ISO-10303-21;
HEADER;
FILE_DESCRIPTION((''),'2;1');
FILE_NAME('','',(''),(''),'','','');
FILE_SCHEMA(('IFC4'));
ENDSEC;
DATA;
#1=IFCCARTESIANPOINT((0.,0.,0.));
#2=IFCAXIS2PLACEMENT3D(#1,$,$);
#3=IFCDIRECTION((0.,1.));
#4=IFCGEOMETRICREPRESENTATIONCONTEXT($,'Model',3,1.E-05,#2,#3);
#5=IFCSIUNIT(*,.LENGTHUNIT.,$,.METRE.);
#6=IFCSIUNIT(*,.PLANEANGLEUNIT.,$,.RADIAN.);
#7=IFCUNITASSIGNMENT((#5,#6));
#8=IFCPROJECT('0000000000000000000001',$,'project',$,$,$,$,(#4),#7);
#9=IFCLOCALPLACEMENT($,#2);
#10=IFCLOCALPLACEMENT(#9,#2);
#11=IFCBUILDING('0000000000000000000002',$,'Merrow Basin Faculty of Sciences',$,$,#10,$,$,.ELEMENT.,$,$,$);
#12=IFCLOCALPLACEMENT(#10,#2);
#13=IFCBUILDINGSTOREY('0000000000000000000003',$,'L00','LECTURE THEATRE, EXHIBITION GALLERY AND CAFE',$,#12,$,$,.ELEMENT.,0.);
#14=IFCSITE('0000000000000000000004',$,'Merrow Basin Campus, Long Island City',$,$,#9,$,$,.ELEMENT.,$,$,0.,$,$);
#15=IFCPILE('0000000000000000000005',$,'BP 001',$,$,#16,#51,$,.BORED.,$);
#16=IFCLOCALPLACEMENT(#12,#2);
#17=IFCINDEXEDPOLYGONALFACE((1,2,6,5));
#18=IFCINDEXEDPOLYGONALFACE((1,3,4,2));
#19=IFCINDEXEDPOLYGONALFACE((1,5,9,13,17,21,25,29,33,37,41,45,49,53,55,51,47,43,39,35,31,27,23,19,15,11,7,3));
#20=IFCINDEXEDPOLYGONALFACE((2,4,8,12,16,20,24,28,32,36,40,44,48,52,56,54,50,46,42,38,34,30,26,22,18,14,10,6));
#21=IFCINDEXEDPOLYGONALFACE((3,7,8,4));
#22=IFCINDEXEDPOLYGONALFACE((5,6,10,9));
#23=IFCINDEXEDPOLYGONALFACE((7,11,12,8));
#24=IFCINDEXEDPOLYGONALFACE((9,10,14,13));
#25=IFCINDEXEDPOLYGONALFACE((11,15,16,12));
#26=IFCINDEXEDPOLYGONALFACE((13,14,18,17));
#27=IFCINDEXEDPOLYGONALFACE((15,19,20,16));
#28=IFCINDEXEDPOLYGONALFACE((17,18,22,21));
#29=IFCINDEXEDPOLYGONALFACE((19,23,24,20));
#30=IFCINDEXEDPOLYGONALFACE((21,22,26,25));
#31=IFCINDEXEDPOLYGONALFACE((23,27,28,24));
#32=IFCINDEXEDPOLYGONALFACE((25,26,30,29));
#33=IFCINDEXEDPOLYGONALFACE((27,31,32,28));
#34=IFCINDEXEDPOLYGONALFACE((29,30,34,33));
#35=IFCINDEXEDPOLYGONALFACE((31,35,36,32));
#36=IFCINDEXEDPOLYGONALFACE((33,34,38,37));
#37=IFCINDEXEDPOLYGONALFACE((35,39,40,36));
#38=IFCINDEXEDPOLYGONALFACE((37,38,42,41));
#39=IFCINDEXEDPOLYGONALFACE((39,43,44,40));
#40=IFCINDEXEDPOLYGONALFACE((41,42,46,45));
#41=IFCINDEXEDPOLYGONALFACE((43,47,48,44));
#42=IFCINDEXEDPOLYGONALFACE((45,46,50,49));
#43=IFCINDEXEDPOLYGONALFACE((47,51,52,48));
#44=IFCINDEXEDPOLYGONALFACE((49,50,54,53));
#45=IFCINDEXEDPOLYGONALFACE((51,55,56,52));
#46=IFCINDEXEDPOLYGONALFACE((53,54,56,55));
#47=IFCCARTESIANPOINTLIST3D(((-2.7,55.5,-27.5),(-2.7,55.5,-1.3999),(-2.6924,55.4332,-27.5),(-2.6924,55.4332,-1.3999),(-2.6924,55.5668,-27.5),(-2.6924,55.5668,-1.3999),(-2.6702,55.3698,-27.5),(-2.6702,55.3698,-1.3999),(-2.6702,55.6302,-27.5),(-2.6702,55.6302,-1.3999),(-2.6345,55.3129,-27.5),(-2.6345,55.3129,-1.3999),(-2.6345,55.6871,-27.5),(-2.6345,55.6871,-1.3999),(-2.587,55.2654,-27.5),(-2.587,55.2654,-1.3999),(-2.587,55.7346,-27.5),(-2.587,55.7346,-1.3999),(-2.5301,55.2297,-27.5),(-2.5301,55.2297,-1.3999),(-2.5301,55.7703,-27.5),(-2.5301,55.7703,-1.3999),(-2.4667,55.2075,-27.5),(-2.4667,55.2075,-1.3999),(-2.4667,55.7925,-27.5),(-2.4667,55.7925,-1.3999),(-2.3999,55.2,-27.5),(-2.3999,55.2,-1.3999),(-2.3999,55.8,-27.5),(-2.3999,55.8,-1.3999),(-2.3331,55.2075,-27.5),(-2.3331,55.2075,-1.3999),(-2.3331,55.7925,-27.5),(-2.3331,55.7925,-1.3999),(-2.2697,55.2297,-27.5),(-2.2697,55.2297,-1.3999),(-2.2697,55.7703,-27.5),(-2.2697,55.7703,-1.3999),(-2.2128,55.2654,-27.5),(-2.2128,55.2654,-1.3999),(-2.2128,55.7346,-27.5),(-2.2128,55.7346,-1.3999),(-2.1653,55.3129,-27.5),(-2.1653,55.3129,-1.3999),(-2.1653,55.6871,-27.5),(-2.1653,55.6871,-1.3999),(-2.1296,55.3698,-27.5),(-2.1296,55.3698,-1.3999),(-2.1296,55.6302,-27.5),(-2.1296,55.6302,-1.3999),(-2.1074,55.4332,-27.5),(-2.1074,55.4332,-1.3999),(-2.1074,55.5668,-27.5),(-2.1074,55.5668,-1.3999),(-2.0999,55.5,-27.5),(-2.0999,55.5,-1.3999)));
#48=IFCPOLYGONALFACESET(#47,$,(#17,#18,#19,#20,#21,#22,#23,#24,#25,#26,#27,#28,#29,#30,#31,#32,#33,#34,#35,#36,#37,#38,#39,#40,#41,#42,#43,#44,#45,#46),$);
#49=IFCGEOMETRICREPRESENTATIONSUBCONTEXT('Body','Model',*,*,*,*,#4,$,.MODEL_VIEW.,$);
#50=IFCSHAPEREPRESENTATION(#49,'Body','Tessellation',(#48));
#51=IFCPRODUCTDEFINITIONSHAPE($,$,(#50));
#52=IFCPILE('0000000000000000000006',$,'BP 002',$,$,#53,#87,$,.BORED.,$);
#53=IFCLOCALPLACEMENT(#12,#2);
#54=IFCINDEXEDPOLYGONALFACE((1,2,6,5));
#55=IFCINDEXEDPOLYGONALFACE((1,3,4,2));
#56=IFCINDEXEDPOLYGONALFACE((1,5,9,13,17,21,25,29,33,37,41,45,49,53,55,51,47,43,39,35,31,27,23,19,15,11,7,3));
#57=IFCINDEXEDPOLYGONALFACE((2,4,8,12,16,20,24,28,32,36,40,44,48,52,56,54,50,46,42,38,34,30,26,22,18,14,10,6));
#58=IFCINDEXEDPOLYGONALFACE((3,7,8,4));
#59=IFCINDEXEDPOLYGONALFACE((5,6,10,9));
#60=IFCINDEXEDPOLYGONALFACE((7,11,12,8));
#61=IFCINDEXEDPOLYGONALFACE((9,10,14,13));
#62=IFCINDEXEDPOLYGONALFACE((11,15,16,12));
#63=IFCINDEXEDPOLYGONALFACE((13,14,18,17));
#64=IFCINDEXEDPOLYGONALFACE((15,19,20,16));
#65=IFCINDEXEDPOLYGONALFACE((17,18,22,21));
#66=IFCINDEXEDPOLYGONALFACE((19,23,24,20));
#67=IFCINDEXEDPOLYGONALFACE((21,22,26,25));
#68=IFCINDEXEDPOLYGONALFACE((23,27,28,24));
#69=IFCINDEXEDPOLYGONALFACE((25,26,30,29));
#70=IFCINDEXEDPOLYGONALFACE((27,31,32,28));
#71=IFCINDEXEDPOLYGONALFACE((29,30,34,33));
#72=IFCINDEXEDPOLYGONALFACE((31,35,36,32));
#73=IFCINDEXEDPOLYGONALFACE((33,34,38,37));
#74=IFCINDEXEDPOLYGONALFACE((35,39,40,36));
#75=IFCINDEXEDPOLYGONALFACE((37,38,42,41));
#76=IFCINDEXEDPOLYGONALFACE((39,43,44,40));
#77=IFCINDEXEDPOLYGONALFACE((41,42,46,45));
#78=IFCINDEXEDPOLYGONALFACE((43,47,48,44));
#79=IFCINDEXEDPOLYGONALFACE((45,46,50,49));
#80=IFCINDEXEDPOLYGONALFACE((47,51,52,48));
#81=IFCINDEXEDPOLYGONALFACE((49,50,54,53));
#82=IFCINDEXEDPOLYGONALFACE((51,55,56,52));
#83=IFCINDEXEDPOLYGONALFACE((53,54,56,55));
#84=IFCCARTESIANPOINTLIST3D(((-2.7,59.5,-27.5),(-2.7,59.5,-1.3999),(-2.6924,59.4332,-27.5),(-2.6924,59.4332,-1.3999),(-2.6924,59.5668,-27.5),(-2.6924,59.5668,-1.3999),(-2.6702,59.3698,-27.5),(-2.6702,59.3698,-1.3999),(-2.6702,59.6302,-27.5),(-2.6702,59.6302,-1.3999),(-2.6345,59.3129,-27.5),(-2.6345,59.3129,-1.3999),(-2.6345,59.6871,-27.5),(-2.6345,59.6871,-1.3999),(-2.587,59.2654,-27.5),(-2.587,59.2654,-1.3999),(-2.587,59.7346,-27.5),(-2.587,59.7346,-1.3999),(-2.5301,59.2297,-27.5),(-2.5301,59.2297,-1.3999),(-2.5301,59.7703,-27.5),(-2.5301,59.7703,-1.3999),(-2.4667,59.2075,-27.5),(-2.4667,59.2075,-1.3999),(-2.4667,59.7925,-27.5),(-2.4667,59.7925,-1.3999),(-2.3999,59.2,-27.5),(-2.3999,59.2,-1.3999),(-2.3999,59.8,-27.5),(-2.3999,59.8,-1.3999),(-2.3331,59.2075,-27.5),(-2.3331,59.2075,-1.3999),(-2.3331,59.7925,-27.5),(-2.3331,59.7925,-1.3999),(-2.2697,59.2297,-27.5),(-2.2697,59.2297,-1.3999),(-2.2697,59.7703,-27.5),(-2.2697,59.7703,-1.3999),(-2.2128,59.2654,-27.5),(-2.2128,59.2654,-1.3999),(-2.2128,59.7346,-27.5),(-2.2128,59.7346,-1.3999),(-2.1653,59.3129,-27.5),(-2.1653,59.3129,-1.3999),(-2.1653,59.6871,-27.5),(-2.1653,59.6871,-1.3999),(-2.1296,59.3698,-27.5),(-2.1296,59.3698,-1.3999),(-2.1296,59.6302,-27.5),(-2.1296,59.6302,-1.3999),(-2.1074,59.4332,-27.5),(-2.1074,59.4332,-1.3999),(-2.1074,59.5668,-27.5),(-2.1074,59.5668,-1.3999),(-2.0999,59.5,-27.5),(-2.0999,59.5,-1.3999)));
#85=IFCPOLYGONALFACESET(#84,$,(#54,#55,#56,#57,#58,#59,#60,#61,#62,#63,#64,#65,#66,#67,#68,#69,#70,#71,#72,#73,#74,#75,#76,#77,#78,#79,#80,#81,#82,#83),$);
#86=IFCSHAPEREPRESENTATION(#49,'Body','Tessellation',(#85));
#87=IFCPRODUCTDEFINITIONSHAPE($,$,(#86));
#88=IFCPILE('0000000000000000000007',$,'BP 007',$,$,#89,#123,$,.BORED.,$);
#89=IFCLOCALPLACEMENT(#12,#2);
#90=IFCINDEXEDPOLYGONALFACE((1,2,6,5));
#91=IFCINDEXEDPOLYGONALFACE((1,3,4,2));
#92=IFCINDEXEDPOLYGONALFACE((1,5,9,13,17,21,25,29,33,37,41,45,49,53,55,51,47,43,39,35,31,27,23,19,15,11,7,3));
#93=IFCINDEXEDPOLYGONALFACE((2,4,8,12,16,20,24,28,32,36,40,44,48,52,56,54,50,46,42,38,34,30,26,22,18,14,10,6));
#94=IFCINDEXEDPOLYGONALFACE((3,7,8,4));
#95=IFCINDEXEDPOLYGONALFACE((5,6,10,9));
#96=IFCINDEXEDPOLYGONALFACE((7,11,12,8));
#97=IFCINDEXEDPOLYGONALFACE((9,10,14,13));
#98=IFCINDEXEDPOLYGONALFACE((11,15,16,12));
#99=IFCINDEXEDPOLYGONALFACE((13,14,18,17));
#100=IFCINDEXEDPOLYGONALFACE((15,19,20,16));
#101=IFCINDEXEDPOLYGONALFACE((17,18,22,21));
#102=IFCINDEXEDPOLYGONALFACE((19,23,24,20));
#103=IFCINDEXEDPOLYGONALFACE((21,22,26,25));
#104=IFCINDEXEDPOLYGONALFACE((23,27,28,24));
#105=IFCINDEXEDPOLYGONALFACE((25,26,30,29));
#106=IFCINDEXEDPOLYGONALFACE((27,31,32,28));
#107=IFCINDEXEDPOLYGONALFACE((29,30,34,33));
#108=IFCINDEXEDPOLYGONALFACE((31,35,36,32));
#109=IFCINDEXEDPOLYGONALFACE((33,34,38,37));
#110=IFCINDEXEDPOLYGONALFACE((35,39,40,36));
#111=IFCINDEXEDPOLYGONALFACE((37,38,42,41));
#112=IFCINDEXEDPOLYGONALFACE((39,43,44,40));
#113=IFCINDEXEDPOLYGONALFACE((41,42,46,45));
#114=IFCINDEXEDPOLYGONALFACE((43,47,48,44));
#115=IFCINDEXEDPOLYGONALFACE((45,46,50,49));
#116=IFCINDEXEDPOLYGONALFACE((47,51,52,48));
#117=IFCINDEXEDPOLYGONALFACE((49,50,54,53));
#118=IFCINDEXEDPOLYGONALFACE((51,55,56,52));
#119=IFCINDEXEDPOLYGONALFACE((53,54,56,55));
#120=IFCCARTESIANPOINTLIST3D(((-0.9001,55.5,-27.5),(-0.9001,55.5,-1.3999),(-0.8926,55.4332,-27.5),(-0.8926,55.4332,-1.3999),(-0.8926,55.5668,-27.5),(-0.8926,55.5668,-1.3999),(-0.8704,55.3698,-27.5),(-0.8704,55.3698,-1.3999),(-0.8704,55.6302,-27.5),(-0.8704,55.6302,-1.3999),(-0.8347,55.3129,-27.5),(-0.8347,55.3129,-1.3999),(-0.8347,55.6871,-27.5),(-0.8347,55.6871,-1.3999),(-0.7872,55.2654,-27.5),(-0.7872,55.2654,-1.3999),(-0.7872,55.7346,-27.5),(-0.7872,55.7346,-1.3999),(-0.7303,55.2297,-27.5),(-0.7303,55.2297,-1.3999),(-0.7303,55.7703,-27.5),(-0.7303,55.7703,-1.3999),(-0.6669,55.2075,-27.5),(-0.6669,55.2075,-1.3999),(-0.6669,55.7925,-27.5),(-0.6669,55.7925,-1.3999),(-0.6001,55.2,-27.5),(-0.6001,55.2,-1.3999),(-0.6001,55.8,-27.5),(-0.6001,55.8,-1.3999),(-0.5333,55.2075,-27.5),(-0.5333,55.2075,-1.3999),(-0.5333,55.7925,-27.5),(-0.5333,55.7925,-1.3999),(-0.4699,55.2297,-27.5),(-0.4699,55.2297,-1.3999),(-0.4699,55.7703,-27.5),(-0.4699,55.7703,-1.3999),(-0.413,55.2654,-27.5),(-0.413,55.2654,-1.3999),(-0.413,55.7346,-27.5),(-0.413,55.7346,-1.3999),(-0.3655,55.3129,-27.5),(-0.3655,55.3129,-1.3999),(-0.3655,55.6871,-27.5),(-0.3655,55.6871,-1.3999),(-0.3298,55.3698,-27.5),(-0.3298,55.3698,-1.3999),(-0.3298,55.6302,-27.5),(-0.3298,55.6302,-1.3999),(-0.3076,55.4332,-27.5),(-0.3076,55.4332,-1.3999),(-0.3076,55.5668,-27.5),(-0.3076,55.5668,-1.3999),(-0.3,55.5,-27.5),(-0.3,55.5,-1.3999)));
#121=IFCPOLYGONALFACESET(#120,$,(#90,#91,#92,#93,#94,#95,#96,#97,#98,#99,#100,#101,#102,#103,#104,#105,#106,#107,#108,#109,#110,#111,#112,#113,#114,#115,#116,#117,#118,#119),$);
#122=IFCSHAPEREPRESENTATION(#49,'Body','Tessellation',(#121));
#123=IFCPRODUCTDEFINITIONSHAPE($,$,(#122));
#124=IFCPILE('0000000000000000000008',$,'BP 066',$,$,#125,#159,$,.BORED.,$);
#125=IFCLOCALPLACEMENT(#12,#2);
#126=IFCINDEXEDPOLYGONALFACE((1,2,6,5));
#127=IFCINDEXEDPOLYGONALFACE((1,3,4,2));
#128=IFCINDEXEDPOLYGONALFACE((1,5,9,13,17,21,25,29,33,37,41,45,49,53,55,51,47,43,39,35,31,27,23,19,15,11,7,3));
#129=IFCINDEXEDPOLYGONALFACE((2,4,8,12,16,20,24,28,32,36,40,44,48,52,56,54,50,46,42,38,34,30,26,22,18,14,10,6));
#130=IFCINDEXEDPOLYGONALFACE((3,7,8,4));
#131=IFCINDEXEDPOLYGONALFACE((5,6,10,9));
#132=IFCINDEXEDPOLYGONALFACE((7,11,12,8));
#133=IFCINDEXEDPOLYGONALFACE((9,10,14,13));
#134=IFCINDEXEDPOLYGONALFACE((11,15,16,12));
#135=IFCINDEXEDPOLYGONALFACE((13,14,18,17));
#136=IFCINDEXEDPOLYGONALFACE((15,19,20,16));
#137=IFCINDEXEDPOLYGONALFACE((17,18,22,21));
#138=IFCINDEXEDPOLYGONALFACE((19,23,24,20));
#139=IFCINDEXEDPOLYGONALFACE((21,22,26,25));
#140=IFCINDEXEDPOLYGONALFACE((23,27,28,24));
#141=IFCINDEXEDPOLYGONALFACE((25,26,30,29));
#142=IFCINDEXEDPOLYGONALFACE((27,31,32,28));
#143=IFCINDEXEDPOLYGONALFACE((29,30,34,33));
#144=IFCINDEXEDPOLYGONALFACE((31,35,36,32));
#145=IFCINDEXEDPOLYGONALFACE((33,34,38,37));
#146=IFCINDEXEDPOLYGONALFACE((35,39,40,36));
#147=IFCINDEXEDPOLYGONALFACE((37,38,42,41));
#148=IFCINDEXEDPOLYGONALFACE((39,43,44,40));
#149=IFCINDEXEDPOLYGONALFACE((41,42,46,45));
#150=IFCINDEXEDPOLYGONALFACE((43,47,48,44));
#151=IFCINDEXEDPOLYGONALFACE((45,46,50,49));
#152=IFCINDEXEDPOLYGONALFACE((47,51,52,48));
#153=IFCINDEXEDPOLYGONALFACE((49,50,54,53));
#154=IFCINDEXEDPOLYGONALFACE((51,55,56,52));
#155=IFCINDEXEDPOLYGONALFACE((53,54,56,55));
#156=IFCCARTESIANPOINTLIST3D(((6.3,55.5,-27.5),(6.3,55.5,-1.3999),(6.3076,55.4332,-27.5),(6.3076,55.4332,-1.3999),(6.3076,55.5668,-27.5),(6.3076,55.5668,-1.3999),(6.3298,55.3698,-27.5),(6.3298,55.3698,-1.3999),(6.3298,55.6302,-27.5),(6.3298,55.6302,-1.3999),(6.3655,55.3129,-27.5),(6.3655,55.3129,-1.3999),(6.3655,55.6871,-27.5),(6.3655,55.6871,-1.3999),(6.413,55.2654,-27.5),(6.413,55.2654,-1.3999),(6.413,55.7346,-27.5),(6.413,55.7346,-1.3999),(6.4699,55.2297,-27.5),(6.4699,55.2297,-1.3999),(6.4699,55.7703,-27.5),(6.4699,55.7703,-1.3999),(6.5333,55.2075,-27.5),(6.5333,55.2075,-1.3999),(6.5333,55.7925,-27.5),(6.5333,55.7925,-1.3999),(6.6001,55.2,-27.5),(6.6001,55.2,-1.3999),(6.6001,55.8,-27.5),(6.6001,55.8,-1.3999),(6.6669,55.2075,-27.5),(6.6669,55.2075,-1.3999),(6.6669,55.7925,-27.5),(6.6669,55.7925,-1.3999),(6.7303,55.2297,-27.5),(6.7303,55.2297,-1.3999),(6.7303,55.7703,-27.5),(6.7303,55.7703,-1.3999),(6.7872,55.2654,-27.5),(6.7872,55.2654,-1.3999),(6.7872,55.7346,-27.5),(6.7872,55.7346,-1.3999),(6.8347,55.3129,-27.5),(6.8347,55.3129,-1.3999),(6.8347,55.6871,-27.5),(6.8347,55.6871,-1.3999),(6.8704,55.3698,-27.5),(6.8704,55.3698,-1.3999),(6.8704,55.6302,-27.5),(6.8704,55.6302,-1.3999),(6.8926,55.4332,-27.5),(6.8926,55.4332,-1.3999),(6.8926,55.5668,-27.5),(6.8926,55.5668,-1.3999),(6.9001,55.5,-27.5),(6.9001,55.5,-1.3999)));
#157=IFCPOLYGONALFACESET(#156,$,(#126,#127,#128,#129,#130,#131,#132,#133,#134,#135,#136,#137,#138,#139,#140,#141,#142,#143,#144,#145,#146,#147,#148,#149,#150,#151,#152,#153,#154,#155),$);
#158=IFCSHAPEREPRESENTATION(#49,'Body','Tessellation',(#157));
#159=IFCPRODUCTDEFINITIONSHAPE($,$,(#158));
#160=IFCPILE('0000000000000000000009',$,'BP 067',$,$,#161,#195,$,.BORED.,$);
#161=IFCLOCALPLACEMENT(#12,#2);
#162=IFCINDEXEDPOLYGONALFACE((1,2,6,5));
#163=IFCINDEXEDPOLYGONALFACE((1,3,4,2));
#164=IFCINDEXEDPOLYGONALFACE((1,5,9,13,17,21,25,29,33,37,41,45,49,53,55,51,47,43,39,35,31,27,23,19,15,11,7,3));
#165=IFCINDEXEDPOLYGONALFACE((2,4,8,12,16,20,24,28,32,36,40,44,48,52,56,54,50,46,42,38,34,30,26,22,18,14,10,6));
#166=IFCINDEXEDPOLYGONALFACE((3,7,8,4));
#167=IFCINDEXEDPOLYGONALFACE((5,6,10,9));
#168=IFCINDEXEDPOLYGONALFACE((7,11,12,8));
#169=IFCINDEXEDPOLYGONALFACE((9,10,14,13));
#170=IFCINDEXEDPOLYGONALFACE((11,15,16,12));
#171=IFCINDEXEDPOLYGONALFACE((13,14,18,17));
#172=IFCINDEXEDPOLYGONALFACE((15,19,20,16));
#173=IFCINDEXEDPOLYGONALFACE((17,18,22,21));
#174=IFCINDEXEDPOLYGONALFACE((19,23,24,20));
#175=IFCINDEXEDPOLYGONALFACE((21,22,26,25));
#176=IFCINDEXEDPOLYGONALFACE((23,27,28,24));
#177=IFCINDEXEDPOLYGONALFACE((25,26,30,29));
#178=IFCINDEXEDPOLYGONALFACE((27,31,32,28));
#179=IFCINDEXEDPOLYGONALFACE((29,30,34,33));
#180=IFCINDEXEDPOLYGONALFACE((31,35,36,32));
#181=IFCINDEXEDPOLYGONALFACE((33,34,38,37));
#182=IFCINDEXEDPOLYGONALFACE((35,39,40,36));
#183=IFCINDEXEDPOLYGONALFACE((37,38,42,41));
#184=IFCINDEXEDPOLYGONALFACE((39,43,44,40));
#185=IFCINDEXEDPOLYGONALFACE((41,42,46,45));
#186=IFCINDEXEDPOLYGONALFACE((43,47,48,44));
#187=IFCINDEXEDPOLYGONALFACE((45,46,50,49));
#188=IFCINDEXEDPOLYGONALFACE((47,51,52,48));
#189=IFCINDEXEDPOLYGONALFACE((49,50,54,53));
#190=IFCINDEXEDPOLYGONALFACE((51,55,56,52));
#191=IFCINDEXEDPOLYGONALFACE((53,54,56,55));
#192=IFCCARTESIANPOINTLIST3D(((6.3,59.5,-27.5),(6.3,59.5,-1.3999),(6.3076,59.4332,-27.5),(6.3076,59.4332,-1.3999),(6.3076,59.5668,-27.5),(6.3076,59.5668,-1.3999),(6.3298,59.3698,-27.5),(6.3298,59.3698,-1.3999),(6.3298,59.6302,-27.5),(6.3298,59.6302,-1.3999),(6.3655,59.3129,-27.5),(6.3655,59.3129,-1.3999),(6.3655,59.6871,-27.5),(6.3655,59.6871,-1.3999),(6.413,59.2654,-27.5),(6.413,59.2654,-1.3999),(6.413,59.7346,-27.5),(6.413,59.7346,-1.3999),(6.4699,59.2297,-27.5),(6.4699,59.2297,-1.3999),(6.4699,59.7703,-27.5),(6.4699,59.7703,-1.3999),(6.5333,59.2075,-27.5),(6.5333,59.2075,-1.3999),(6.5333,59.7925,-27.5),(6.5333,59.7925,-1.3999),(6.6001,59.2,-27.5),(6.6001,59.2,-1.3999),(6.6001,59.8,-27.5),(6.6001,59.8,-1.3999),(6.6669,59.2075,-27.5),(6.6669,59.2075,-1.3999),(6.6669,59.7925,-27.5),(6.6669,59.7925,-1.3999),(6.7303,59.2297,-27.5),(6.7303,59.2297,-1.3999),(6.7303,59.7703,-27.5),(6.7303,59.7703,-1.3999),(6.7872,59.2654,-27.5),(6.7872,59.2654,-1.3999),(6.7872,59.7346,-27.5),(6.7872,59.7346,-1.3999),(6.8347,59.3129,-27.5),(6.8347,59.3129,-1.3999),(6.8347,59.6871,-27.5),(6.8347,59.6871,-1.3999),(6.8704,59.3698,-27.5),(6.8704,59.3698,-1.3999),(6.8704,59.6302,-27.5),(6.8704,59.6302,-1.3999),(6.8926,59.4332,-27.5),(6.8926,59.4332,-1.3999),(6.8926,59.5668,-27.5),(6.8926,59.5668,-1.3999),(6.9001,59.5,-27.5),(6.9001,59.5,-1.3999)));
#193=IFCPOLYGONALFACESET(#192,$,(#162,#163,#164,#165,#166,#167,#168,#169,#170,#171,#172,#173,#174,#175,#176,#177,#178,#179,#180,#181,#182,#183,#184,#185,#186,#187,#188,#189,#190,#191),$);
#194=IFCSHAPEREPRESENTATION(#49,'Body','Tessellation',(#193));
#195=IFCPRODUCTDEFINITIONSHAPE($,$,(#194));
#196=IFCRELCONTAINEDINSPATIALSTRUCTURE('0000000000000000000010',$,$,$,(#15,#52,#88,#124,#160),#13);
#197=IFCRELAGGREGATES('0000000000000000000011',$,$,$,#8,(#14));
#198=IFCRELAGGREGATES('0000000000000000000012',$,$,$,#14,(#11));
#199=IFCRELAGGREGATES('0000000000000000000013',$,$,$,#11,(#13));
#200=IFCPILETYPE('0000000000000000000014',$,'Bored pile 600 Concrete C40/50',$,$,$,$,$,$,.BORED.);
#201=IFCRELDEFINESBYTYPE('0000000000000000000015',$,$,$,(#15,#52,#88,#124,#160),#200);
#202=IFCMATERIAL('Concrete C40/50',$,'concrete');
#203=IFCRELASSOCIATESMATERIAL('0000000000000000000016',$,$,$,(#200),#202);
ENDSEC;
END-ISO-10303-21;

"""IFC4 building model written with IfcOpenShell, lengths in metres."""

from ifc_helpers import new_model, si_unit, direction, frame, origin, origin_2d, place, context, subcontext, project, spatial, circle, extrude, material, material_profile, profile_set, type_object, element, save


model = new_model("IFC4")

# Units and contexts
model_context = context("Model", 3, precision=1e-05, world=origin(), true_north=direction((0.0, 1.0)))
body_context = subcontext(model_context, "Body", "Model", "MODEL_VIEW")
ifc_project = project(units=[si_unit("LENGTHUNIT", "METRE"), si_unit("PLANEANGLEUNIT", "RADIAN")], contexts=[model_context])

# Site, building, storey
site_placement = place(None, origin())
site = spatial("IfcSite", under=ifc_project, at=site_placement, Name="Merrow Basin Campus, Long Island City", CompositionType="ELEMENT", RefElevation=0.0)
building_placement = place(site_placement, origin())
building = spatial("IfcBuilding", under=site, at=building_placement, Name="Merrow Basin Faculty of Sciences", CompositionType="ELEMENT")
storey_placement = place(building_placement, origin())
storey = spatial("IfcBuildingStorey", under=building, at=storey_placement, Name="L00", Description="LECTURE THEATRE, EXHIBITION GALLERY AND CAFE", CompositionType="ELEMENT", Elevation=0.0)

# Piles
ifc_material_1 = material(Name="Concrete C40/50", Category="concrete")
ifc_material_profile_1 = material_profile(ifc_material_1, circle(Radius=0.3, at=origin_2d()))
ifc_profile_set_1 = profile_set([ifc_material_profile_1], Name="Concrete C40/50")
pile_type_1 = type_object("IfcPileType", Name="Bored pile 600 Concrete C40/50", PredefinedType="BORED", material=ifc_profile_set_1)
for number, where, z_axis, x_axis, name in (
    (1, (-2.3999, 55.5, -1.3999), (0.0, 0.0, -1.0), (1.0, 0.0, 0.0), "BP 001"),
    (2, (-2.3999, 59.5, -1.3999), (0.0, 0.0, -1.0), (1.0, 0.0, 0.0), "BP 002"),
    (3, (-0.6001, 55.5, -1.3999), (0.0, 0.0, -1.0), (1.0, 0.0, 0.0), "BP 007"),
    (4, (6.6001, 55.5, -1.3999), (0.0, 0.0, -1.0), (1.0, 0.0, 0.0), "BP 066"),
    (5, (6.6001, 59.5, -1.3999), (0.0, 0.0, -1.0), (1.0, 0.0, 0.0), "BP 067"),
):
    element("IfcPile", number, at=place(storey_placement, frame(where, z_axis=z_axis, x_axis=x_axis)), inside=storey, type_object=pile_type_1, Name=name, PredefinedType="BORED", context=body_context, shape_type="SweptSolid", body=[
        extrude(circle(Radius=0.3, at=origin_2d()), origin(), (0.0, 0.0, 1.0), 26.1001),
    ])

save(model, "model.ifc")
